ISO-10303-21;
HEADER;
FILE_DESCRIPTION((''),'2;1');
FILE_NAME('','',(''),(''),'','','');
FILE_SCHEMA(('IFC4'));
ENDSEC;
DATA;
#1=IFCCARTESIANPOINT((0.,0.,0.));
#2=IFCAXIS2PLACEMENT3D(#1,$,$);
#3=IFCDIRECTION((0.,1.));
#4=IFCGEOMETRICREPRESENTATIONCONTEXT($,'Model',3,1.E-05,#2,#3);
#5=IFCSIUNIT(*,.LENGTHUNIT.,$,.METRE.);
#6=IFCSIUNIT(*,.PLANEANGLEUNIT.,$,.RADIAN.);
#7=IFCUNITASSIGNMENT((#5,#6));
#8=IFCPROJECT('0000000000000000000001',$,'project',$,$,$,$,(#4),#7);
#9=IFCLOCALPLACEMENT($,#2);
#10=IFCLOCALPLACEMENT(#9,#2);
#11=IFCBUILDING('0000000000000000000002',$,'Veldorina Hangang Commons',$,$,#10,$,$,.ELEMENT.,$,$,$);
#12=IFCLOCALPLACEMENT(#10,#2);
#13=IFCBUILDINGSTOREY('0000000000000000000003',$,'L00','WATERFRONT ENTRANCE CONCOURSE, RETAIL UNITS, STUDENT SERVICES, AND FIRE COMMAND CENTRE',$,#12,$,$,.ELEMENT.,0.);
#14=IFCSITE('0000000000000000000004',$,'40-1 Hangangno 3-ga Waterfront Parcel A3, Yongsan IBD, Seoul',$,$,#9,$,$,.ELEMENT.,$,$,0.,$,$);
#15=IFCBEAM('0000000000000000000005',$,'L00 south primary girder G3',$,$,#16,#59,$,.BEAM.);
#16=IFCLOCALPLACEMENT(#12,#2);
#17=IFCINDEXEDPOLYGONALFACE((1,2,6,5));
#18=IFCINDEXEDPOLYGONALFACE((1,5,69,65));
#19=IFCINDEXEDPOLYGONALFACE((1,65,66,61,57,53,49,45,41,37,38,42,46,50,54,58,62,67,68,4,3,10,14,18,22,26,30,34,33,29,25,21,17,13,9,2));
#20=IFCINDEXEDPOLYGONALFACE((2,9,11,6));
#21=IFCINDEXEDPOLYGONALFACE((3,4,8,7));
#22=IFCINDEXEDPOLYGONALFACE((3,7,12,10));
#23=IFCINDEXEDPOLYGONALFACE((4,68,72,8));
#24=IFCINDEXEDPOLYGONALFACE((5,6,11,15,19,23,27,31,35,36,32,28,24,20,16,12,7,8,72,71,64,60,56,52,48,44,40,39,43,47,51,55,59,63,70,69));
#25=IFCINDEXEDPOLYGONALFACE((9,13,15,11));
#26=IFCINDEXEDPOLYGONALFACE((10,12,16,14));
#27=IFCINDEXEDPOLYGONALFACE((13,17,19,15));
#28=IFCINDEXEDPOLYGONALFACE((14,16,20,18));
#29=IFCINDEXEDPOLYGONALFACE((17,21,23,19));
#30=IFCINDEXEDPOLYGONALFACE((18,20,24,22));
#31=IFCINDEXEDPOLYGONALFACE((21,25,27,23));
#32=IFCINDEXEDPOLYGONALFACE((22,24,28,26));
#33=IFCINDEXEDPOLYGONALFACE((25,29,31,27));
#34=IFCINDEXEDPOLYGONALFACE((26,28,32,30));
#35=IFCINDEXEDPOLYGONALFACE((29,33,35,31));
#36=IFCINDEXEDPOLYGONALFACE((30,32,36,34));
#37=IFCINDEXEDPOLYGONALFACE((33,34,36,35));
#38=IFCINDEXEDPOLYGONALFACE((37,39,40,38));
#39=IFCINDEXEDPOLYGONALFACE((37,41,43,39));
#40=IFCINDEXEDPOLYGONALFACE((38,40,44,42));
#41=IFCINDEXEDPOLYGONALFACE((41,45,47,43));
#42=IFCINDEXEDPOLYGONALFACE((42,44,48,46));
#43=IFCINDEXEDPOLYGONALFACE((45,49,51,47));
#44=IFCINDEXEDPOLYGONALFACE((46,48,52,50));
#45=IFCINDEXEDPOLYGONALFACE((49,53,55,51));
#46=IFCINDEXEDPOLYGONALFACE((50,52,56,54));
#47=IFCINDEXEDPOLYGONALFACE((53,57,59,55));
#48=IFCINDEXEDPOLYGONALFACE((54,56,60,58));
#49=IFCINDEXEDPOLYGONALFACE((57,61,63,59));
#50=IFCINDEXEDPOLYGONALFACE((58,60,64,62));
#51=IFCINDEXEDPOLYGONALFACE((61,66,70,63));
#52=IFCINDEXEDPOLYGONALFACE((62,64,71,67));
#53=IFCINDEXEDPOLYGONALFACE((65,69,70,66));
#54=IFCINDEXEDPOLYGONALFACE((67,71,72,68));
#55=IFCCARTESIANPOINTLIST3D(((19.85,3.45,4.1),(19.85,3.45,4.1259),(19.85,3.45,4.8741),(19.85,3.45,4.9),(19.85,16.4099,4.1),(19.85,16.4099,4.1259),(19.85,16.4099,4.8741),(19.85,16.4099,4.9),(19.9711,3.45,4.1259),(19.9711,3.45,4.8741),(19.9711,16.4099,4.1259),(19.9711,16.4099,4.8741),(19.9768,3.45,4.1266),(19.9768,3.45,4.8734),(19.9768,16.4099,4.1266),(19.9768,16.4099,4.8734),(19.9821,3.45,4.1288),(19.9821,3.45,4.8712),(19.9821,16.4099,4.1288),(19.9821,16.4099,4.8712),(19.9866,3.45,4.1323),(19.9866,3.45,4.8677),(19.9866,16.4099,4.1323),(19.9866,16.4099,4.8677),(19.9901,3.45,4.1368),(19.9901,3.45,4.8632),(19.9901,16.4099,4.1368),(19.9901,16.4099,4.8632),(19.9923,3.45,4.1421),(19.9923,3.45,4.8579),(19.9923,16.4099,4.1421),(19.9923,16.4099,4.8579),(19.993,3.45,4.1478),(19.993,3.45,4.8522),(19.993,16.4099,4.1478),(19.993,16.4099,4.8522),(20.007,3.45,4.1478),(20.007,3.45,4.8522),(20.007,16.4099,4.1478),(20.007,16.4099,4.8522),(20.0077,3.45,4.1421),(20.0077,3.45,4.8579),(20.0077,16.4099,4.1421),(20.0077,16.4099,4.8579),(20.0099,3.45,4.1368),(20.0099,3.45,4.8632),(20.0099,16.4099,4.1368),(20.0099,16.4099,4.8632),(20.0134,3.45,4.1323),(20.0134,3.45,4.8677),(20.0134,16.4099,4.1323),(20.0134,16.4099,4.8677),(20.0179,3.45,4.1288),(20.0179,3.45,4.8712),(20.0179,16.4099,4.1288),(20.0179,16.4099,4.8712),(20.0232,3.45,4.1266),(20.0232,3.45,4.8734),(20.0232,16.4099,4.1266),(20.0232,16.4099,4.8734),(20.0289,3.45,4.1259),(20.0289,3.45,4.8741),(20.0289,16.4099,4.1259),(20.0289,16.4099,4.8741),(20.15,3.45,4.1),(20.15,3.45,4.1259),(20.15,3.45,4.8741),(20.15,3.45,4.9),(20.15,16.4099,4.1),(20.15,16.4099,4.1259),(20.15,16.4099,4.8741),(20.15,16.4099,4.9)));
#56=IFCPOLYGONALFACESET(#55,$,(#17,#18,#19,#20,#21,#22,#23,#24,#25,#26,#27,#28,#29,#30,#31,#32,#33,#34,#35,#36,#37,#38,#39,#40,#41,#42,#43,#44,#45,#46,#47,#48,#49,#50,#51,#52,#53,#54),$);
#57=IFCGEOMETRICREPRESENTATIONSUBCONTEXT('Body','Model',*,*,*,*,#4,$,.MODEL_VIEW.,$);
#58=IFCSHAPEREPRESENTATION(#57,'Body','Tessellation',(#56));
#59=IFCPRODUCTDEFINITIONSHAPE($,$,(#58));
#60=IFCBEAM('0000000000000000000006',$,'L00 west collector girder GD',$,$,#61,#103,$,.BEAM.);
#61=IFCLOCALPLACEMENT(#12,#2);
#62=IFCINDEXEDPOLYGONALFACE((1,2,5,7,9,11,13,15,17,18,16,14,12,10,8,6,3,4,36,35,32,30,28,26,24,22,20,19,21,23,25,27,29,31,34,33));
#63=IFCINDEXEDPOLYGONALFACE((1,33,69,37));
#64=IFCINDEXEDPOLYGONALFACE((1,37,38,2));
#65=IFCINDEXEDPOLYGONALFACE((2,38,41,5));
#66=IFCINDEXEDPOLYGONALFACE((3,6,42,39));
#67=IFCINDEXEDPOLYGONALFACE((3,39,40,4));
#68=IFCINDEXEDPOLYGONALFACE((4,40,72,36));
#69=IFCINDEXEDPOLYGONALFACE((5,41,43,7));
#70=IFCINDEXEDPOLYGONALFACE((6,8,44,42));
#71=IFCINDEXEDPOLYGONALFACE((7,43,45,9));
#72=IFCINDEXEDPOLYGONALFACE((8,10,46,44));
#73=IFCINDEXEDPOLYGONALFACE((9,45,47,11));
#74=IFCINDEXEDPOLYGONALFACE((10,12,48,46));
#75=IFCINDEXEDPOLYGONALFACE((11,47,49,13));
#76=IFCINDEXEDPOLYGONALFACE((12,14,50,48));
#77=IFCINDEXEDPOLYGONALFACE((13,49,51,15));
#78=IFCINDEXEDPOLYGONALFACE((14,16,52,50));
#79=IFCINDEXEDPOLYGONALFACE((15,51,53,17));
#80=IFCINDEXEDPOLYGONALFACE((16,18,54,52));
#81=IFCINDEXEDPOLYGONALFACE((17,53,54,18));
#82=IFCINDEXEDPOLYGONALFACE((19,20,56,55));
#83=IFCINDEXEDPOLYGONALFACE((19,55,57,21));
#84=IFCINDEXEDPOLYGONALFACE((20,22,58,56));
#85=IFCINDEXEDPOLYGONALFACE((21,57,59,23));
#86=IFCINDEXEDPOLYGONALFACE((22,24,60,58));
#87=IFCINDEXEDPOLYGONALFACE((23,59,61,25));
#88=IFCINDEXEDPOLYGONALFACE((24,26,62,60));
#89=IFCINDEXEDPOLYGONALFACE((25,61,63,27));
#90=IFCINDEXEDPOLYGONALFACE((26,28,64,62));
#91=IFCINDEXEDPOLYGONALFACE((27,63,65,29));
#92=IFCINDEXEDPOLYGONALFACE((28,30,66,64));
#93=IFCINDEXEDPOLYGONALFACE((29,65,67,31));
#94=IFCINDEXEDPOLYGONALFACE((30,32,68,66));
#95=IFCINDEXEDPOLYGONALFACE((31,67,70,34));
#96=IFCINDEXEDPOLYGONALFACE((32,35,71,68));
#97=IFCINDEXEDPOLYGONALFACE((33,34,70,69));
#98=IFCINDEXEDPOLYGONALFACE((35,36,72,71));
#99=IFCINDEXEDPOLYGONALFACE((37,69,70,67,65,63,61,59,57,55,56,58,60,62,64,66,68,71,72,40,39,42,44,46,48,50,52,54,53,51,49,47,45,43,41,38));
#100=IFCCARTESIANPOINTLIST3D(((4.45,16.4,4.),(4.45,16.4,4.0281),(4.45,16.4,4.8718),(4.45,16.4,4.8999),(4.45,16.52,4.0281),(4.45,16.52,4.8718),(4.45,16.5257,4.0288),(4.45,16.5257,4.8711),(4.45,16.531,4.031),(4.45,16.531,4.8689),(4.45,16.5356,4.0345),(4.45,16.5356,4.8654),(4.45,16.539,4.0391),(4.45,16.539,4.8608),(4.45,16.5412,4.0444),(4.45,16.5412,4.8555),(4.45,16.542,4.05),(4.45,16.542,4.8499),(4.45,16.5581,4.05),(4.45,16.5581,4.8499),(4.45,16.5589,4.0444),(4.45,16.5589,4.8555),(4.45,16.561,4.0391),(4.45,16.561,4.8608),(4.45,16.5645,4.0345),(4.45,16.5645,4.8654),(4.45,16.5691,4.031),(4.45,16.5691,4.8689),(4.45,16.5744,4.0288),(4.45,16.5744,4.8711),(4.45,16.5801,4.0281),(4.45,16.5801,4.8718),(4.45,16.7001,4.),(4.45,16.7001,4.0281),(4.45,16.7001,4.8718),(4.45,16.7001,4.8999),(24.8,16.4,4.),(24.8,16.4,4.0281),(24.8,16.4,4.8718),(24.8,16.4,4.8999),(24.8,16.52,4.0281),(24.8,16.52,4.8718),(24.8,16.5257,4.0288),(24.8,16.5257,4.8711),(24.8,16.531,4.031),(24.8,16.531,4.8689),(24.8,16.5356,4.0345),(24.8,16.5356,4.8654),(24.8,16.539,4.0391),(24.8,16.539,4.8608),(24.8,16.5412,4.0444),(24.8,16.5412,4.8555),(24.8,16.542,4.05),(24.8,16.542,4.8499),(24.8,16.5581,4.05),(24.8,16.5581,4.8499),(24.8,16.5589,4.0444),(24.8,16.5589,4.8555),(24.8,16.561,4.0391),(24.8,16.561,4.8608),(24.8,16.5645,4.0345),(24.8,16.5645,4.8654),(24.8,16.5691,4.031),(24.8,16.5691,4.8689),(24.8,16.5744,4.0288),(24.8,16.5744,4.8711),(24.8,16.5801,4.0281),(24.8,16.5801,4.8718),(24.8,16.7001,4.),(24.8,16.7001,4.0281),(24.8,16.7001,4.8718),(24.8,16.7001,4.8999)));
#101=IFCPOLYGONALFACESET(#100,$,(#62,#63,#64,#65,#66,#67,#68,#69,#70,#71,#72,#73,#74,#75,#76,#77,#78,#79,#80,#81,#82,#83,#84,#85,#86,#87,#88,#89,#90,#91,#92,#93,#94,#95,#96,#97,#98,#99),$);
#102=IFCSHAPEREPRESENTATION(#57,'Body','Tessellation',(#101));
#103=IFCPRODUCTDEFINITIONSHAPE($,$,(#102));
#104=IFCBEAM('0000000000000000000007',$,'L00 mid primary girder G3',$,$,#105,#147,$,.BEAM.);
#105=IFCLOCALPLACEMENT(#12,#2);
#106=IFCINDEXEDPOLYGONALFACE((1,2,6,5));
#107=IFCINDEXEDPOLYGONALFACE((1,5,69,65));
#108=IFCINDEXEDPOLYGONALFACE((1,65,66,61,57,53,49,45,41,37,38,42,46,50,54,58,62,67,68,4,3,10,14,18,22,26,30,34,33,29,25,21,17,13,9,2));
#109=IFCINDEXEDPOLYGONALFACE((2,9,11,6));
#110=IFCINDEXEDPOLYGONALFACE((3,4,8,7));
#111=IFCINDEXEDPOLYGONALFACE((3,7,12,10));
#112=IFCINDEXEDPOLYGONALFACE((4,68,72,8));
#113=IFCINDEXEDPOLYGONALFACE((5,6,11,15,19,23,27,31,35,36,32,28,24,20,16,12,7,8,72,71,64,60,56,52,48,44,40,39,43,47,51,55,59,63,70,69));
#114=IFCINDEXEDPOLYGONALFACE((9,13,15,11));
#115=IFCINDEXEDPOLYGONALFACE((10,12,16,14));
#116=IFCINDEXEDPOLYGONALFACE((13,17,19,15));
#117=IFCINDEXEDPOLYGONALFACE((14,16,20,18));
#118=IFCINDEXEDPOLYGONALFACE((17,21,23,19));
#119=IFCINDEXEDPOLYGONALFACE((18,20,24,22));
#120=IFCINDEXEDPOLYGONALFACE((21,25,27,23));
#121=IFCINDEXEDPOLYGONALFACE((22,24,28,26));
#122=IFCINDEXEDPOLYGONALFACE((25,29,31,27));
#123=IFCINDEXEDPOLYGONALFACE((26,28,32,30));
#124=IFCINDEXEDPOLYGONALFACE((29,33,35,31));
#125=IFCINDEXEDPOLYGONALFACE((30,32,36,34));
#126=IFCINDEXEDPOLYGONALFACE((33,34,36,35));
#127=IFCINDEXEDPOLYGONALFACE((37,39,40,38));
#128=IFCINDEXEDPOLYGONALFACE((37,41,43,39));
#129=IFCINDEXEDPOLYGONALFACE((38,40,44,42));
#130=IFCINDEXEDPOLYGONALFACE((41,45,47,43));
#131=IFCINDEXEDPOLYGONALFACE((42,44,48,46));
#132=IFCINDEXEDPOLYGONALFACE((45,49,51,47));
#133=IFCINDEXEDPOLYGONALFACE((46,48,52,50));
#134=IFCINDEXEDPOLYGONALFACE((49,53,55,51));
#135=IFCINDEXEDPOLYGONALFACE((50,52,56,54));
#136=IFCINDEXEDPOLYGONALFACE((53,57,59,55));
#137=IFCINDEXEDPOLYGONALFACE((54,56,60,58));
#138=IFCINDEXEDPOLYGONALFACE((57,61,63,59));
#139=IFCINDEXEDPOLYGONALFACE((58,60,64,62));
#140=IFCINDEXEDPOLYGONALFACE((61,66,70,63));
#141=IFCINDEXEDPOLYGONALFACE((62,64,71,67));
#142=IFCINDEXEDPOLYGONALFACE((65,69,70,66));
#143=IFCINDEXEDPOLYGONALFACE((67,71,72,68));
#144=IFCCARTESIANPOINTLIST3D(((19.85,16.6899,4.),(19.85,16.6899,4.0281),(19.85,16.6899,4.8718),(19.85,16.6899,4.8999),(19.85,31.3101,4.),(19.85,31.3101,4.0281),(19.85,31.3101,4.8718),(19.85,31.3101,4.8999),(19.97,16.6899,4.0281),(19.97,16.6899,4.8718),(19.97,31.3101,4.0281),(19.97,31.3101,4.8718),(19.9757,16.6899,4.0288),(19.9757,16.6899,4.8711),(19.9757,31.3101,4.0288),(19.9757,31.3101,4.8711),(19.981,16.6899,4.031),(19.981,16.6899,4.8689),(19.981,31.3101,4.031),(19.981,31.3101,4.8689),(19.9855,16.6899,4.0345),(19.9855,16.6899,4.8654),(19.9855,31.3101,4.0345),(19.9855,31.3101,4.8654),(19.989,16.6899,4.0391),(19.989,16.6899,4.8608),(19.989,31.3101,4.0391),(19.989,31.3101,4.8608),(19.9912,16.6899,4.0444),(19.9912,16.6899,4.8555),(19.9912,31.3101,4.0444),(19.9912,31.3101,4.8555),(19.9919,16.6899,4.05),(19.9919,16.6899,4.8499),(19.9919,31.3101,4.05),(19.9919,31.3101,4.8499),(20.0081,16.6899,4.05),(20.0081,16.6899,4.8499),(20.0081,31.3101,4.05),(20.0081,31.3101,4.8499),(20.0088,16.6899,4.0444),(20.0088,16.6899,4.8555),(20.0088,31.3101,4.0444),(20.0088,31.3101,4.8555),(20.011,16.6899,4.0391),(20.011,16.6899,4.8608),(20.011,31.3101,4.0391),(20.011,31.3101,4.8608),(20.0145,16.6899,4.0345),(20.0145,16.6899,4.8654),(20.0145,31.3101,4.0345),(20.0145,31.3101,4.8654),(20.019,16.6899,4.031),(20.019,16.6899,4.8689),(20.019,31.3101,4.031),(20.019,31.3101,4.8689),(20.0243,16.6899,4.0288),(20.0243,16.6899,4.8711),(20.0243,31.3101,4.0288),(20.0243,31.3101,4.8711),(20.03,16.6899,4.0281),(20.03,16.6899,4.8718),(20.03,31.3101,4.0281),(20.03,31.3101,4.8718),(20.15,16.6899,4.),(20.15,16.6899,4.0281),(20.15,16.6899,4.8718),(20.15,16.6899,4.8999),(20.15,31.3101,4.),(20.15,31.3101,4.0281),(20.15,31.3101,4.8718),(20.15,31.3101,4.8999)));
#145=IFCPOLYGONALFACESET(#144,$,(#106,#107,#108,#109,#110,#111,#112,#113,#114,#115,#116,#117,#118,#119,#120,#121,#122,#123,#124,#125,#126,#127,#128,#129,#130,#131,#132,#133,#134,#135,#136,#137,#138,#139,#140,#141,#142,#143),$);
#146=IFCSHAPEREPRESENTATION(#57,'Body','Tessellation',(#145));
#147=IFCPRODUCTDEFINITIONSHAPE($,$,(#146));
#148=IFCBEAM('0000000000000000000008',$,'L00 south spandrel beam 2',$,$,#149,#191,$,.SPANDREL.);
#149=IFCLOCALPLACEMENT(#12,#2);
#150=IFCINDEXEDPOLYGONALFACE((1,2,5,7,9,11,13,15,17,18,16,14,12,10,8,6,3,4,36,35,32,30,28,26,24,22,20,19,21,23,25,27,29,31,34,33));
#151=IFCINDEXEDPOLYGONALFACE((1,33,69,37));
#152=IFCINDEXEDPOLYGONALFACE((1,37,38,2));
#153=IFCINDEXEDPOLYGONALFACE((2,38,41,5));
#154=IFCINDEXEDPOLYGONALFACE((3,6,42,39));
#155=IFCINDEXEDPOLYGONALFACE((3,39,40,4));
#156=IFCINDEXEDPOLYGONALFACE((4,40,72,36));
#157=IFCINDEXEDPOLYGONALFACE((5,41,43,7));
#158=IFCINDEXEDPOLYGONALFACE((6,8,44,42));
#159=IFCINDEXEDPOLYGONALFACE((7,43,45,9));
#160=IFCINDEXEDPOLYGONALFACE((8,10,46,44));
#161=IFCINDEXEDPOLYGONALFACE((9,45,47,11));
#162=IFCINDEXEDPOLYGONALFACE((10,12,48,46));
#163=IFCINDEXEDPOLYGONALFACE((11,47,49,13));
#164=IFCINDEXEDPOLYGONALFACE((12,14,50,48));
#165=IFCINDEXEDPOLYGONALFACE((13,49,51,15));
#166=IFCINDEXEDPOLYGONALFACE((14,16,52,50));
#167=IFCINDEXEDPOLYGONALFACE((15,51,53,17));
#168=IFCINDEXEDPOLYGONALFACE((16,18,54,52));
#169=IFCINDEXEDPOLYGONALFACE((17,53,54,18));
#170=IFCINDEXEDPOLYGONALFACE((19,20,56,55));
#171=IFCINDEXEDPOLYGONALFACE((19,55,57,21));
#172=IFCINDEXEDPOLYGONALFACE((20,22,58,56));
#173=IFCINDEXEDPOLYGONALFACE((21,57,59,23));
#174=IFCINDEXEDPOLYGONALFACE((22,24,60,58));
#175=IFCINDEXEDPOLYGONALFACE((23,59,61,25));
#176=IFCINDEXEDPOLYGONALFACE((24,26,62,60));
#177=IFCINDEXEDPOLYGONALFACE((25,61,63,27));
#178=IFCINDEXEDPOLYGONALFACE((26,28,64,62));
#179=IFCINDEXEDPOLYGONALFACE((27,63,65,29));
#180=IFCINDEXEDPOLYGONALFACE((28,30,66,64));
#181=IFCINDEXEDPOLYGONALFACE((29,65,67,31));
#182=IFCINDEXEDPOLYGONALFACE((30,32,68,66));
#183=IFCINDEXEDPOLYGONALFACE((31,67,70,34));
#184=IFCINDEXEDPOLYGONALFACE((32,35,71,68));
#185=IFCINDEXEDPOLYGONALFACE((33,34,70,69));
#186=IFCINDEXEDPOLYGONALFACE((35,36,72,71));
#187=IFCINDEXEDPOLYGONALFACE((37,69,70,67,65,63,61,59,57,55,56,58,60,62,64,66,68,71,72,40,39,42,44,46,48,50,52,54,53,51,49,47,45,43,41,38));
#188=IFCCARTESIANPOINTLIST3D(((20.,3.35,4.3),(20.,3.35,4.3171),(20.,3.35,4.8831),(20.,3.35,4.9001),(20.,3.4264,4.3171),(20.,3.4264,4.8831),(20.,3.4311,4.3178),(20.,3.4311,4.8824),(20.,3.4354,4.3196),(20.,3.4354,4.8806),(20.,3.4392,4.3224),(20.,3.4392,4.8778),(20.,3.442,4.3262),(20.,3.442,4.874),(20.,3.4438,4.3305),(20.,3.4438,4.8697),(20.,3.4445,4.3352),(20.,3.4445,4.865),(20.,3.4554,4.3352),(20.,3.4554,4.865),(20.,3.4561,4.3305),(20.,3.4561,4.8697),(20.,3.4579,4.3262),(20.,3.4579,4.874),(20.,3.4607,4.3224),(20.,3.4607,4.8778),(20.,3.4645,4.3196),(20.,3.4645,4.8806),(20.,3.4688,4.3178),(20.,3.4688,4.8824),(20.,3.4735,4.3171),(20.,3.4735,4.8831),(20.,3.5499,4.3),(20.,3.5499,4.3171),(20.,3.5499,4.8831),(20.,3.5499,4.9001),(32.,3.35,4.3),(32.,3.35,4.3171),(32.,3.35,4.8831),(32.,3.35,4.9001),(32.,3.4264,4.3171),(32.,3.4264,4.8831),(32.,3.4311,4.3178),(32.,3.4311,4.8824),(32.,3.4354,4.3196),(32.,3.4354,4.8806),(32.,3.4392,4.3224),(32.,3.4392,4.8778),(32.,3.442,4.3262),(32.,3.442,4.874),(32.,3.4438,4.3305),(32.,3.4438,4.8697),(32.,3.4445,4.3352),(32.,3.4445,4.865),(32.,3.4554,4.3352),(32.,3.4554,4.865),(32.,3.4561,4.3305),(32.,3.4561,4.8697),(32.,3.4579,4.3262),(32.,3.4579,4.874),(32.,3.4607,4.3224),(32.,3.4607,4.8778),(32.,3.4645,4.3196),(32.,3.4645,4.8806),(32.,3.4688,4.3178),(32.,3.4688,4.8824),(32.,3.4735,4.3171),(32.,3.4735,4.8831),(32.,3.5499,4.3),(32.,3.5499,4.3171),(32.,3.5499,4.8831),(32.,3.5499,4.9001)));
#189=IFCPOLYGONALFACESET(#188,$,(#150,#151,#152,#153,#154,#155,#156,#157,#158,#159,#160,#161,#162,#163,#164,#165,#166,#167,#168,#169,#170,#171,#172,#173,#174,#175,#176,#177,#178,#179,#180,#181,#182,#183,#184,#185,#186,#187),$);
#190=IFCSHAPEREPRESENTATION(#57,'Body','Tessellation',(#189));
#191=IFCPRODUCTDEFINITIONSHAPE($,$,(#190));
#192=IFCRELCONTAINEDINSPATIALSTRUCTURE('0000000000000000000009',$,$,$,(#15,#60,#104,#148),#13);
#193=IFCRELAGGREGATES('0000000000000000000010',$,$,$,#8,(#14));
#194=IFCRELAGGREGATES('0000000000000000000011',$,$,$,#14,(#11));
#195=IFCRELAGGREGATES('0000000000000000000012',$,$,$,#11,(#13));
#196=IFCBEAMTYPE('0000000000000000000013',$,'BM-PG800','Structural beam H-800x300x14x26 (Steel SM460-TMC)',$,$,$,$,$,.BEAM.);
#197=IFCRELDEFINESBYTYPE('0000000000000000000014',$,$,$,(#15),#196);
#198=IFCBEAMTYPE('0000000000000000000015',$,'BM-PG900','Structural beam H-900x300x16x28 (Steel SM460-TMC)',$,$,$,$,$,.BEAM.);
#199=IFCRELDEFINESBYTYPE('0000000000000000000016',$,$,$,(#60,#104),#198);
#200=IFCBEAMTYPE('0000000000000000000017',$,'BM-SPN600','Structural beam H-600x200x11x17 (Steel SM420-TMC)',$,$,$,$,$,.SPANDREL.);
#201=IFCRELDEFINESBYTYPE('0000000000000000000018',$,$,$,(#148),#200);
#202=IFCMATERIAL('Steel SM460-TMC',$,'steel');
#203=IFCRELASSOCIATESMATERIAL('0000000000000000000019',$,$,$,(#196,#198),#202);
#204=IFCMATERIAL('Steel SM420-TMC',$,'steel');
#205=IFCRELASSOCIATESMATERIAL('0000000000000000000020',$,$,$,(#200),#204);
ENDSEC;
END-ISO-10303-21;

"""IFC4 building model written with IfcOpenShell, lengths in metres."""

from ifc_helpers import new_model, si_unit, direction, frame, origin, origin_2d, place, context, subcontext, project, spatial, i_section, extrude, material, material_profile, profile_set, type_object, element, save


model = new_model("IFC4")

# Units and contexts
model_context = context("Model", 3, precision=1e-05, world=origin(), true_north=direction((0.0, 1.0)))
body_context = subcontext(model_context, "Body", "Model", "MODEL_VIEW")
ifc_project = project(units=[si_unit("LENGTHUNIT", "METRE"), si_unit("PLANEANGLEUNIT", "RADIAN")], contexts=[model_context])

# Site, building, storey
site_placement = place(None, origin())
site = spatial("IfcSite", under=ifc_project, at=site_placement, Name="40-1 Hangangno 3-ga Waterfront Parcel A3, Yongsan IBD, Seoul", CompositionType="ELEMENT", RefElevation=0.0)
building_placement = place(site_placement, origin())
building = spatial("IfcBuilding", under=site, at=building_placement, Name="Veldorina Hangang Commons", CompositionType="ELEMENT")
storey_placement = place(building_placement, origin())
storey = spatial("IfcBuildingStorey", under=building, at=storey_placement, Name="L00", Description="WATERFRONT ENTRANCE CONCOURSE, RETAIL UNITS, STUDENT SERVICES, AND FIRE COMMAND CENTRE", CompositionType="ELEMENT", Elevation=0.0)

# Shared definitions
ifc_material_1 = material(Name="Steel SM460-TMC", Category="steel")

# Beams
ifc_material_profile_1 = material_profile(ifc_material_1, i_section(OverallWidth=0.3, OverallDepth=0.8, WebThickness=0.0139, FlangeThickness=0.0259, FilletRadius=0.022, at=origin_2d()), Name="H-800x300x14x26")
ifc_profile_set_1 = profile_set([ifc_material_profile_1], Name="Steel SM460-TMC")
beam_type_1 = type_object("IfcBeamType", Name="BM-PG800", Description="Structural beam H-800x300x14x26 (Steel SM460-TMC)", PredefinedType="BEAM", material=ifc_profile_set_1)
beam_1_placement = place(storey_placement, frame((20.0, 3.45, 4.5), z_axis=(0.0, 1.0, 0.0), x_axis=(-1.0, 0.0, 0.0)))
element("IfcBeam", 1, at=beam_1_placement, inside=storey, type_object=beam_type_1, Name="L00 south primary girder G3", PredefinedType="BEAM", context=body_context, shape_type="SweptSolid", body=[
    extrude(i_section(OverallWidth=0.3, OverallDepth=0.8, WebThickness=0.0139, FlangeThickness=0.0259, FilletRadius=0.022, at=origin_2d()), origin(), (0.0, 0.0, 1.0), 12.96),
])
ifc_material_profile_2 = material_profile(ifc_material_1, i_section(OverallWidth=0.3, OverallDepth=0.8999, WebThickness=0.0161, FlangeThickness=0.0281, FilletRadius=0.022, at=origin_2d()), Name="H-900x300x16x28")
ifc_profile_set_2 = profile_set([ifc_material_profile_2], Name="Steel SM460-TMC")
beam_type_2 = type_object("IfcBeamType", Name="BM-PG900", Description="Structural beam H-900x300x16x28 (Steel SM460-TMC)", PredefinedType="BEAM", material=ifc_profile_set_2)
beam_2_placement = place(storey_placement, frame((4.45, 16.55, 4.45), z_axis=(1.0, 0.0, 0.0), x_axis=(0.0, 1.0, 0.0)))
element("IfcBeam", 2, at=beam_2_placement, inside=storey, type_object=beam_type_2, Name="L00 west collector girder GD", PredefinedType="BEAM", context=body_context, shape_type="SweptSolid", body=[
    extrude(i_section(OverallWidth=0.3, OverallDepth=0.8999, WebThickness=0.0161, FlangeThickness=0.0281, FilletRadius=0.022, at=origin_2d()), origin(), (0.0, 0.0, 1.0), 20.3501),
])
beam_3_placement = place(storey_placement, frame((20.0, 16.6899, 4.45), z_axis=(0.0, 1.0, 0.0), x_axis=(-1.0, 0.0, 0.0)))
element("IfcBeam", 3, at=beam_3_placement, inside=storey, type_object=beam_type_2, Name="L00 mid primary girder G3", PredefinedType="BEAM", context=body_context, shape_type="SweptSolid", body=[
    extrude(i_section(OverallWidth=0.3, OverallDepth=0.8999, WebThickness=0.0161, FlangeThickness=0.0281, FilletRadius=0.022, at=origin_2d()), origin(), (0.0, 0.0, 1.0), 14.6201),
])
ifc_material_2 = material(Name="Steel SM420-TMC", Category="steel")
ifc_material_profile_3 = material_profile(ifc_material_2, i_section(OverallWidth=0.2, OverallDepth=0.6001, WebThickness=0.011, FlangeThickness=0.0171, FilletRadius=0.0181, at=origin_2d()), Name="H-600x200x11x17")
ifc_profile_set_3 = profile_set([ifc_material_profile_3], Name="Steel SM420-TMC")
beam_type_3 = type_object("IfcBeamType", Name="BM-SPN600", Description="Structural beam H-600x200x11x17 (Steel SM420-TMC)", PredefinedType="SPANDREL", material=ifc_profile_set_3)
beam_4_placement = place(storey_placement, frame((20.0, 3.45, 4.6001), z_axis=(1.0, 0.0, 0.0), x_axis=(0.0, 1.0, 0.0)))
element("IfcBeam", 4, at=beam_4_placement, inside=storey, type_object=beam_type_3, Name="L00 south spandrel beam 2", PredefinedType="SPANDREL", context=body_context, shape_type="SweptSolid", body=[
    extrude(i_section(OverallWidth=0.2, OverallDepth=0.6001, WebThickness=0.011, FlangeThickness=0.0171, FilletRadius=0.0181, at=origin_2d()), origin(), (0.0, 0.0, 1.0), 12.0),
])

save(model, "model.ifc")
